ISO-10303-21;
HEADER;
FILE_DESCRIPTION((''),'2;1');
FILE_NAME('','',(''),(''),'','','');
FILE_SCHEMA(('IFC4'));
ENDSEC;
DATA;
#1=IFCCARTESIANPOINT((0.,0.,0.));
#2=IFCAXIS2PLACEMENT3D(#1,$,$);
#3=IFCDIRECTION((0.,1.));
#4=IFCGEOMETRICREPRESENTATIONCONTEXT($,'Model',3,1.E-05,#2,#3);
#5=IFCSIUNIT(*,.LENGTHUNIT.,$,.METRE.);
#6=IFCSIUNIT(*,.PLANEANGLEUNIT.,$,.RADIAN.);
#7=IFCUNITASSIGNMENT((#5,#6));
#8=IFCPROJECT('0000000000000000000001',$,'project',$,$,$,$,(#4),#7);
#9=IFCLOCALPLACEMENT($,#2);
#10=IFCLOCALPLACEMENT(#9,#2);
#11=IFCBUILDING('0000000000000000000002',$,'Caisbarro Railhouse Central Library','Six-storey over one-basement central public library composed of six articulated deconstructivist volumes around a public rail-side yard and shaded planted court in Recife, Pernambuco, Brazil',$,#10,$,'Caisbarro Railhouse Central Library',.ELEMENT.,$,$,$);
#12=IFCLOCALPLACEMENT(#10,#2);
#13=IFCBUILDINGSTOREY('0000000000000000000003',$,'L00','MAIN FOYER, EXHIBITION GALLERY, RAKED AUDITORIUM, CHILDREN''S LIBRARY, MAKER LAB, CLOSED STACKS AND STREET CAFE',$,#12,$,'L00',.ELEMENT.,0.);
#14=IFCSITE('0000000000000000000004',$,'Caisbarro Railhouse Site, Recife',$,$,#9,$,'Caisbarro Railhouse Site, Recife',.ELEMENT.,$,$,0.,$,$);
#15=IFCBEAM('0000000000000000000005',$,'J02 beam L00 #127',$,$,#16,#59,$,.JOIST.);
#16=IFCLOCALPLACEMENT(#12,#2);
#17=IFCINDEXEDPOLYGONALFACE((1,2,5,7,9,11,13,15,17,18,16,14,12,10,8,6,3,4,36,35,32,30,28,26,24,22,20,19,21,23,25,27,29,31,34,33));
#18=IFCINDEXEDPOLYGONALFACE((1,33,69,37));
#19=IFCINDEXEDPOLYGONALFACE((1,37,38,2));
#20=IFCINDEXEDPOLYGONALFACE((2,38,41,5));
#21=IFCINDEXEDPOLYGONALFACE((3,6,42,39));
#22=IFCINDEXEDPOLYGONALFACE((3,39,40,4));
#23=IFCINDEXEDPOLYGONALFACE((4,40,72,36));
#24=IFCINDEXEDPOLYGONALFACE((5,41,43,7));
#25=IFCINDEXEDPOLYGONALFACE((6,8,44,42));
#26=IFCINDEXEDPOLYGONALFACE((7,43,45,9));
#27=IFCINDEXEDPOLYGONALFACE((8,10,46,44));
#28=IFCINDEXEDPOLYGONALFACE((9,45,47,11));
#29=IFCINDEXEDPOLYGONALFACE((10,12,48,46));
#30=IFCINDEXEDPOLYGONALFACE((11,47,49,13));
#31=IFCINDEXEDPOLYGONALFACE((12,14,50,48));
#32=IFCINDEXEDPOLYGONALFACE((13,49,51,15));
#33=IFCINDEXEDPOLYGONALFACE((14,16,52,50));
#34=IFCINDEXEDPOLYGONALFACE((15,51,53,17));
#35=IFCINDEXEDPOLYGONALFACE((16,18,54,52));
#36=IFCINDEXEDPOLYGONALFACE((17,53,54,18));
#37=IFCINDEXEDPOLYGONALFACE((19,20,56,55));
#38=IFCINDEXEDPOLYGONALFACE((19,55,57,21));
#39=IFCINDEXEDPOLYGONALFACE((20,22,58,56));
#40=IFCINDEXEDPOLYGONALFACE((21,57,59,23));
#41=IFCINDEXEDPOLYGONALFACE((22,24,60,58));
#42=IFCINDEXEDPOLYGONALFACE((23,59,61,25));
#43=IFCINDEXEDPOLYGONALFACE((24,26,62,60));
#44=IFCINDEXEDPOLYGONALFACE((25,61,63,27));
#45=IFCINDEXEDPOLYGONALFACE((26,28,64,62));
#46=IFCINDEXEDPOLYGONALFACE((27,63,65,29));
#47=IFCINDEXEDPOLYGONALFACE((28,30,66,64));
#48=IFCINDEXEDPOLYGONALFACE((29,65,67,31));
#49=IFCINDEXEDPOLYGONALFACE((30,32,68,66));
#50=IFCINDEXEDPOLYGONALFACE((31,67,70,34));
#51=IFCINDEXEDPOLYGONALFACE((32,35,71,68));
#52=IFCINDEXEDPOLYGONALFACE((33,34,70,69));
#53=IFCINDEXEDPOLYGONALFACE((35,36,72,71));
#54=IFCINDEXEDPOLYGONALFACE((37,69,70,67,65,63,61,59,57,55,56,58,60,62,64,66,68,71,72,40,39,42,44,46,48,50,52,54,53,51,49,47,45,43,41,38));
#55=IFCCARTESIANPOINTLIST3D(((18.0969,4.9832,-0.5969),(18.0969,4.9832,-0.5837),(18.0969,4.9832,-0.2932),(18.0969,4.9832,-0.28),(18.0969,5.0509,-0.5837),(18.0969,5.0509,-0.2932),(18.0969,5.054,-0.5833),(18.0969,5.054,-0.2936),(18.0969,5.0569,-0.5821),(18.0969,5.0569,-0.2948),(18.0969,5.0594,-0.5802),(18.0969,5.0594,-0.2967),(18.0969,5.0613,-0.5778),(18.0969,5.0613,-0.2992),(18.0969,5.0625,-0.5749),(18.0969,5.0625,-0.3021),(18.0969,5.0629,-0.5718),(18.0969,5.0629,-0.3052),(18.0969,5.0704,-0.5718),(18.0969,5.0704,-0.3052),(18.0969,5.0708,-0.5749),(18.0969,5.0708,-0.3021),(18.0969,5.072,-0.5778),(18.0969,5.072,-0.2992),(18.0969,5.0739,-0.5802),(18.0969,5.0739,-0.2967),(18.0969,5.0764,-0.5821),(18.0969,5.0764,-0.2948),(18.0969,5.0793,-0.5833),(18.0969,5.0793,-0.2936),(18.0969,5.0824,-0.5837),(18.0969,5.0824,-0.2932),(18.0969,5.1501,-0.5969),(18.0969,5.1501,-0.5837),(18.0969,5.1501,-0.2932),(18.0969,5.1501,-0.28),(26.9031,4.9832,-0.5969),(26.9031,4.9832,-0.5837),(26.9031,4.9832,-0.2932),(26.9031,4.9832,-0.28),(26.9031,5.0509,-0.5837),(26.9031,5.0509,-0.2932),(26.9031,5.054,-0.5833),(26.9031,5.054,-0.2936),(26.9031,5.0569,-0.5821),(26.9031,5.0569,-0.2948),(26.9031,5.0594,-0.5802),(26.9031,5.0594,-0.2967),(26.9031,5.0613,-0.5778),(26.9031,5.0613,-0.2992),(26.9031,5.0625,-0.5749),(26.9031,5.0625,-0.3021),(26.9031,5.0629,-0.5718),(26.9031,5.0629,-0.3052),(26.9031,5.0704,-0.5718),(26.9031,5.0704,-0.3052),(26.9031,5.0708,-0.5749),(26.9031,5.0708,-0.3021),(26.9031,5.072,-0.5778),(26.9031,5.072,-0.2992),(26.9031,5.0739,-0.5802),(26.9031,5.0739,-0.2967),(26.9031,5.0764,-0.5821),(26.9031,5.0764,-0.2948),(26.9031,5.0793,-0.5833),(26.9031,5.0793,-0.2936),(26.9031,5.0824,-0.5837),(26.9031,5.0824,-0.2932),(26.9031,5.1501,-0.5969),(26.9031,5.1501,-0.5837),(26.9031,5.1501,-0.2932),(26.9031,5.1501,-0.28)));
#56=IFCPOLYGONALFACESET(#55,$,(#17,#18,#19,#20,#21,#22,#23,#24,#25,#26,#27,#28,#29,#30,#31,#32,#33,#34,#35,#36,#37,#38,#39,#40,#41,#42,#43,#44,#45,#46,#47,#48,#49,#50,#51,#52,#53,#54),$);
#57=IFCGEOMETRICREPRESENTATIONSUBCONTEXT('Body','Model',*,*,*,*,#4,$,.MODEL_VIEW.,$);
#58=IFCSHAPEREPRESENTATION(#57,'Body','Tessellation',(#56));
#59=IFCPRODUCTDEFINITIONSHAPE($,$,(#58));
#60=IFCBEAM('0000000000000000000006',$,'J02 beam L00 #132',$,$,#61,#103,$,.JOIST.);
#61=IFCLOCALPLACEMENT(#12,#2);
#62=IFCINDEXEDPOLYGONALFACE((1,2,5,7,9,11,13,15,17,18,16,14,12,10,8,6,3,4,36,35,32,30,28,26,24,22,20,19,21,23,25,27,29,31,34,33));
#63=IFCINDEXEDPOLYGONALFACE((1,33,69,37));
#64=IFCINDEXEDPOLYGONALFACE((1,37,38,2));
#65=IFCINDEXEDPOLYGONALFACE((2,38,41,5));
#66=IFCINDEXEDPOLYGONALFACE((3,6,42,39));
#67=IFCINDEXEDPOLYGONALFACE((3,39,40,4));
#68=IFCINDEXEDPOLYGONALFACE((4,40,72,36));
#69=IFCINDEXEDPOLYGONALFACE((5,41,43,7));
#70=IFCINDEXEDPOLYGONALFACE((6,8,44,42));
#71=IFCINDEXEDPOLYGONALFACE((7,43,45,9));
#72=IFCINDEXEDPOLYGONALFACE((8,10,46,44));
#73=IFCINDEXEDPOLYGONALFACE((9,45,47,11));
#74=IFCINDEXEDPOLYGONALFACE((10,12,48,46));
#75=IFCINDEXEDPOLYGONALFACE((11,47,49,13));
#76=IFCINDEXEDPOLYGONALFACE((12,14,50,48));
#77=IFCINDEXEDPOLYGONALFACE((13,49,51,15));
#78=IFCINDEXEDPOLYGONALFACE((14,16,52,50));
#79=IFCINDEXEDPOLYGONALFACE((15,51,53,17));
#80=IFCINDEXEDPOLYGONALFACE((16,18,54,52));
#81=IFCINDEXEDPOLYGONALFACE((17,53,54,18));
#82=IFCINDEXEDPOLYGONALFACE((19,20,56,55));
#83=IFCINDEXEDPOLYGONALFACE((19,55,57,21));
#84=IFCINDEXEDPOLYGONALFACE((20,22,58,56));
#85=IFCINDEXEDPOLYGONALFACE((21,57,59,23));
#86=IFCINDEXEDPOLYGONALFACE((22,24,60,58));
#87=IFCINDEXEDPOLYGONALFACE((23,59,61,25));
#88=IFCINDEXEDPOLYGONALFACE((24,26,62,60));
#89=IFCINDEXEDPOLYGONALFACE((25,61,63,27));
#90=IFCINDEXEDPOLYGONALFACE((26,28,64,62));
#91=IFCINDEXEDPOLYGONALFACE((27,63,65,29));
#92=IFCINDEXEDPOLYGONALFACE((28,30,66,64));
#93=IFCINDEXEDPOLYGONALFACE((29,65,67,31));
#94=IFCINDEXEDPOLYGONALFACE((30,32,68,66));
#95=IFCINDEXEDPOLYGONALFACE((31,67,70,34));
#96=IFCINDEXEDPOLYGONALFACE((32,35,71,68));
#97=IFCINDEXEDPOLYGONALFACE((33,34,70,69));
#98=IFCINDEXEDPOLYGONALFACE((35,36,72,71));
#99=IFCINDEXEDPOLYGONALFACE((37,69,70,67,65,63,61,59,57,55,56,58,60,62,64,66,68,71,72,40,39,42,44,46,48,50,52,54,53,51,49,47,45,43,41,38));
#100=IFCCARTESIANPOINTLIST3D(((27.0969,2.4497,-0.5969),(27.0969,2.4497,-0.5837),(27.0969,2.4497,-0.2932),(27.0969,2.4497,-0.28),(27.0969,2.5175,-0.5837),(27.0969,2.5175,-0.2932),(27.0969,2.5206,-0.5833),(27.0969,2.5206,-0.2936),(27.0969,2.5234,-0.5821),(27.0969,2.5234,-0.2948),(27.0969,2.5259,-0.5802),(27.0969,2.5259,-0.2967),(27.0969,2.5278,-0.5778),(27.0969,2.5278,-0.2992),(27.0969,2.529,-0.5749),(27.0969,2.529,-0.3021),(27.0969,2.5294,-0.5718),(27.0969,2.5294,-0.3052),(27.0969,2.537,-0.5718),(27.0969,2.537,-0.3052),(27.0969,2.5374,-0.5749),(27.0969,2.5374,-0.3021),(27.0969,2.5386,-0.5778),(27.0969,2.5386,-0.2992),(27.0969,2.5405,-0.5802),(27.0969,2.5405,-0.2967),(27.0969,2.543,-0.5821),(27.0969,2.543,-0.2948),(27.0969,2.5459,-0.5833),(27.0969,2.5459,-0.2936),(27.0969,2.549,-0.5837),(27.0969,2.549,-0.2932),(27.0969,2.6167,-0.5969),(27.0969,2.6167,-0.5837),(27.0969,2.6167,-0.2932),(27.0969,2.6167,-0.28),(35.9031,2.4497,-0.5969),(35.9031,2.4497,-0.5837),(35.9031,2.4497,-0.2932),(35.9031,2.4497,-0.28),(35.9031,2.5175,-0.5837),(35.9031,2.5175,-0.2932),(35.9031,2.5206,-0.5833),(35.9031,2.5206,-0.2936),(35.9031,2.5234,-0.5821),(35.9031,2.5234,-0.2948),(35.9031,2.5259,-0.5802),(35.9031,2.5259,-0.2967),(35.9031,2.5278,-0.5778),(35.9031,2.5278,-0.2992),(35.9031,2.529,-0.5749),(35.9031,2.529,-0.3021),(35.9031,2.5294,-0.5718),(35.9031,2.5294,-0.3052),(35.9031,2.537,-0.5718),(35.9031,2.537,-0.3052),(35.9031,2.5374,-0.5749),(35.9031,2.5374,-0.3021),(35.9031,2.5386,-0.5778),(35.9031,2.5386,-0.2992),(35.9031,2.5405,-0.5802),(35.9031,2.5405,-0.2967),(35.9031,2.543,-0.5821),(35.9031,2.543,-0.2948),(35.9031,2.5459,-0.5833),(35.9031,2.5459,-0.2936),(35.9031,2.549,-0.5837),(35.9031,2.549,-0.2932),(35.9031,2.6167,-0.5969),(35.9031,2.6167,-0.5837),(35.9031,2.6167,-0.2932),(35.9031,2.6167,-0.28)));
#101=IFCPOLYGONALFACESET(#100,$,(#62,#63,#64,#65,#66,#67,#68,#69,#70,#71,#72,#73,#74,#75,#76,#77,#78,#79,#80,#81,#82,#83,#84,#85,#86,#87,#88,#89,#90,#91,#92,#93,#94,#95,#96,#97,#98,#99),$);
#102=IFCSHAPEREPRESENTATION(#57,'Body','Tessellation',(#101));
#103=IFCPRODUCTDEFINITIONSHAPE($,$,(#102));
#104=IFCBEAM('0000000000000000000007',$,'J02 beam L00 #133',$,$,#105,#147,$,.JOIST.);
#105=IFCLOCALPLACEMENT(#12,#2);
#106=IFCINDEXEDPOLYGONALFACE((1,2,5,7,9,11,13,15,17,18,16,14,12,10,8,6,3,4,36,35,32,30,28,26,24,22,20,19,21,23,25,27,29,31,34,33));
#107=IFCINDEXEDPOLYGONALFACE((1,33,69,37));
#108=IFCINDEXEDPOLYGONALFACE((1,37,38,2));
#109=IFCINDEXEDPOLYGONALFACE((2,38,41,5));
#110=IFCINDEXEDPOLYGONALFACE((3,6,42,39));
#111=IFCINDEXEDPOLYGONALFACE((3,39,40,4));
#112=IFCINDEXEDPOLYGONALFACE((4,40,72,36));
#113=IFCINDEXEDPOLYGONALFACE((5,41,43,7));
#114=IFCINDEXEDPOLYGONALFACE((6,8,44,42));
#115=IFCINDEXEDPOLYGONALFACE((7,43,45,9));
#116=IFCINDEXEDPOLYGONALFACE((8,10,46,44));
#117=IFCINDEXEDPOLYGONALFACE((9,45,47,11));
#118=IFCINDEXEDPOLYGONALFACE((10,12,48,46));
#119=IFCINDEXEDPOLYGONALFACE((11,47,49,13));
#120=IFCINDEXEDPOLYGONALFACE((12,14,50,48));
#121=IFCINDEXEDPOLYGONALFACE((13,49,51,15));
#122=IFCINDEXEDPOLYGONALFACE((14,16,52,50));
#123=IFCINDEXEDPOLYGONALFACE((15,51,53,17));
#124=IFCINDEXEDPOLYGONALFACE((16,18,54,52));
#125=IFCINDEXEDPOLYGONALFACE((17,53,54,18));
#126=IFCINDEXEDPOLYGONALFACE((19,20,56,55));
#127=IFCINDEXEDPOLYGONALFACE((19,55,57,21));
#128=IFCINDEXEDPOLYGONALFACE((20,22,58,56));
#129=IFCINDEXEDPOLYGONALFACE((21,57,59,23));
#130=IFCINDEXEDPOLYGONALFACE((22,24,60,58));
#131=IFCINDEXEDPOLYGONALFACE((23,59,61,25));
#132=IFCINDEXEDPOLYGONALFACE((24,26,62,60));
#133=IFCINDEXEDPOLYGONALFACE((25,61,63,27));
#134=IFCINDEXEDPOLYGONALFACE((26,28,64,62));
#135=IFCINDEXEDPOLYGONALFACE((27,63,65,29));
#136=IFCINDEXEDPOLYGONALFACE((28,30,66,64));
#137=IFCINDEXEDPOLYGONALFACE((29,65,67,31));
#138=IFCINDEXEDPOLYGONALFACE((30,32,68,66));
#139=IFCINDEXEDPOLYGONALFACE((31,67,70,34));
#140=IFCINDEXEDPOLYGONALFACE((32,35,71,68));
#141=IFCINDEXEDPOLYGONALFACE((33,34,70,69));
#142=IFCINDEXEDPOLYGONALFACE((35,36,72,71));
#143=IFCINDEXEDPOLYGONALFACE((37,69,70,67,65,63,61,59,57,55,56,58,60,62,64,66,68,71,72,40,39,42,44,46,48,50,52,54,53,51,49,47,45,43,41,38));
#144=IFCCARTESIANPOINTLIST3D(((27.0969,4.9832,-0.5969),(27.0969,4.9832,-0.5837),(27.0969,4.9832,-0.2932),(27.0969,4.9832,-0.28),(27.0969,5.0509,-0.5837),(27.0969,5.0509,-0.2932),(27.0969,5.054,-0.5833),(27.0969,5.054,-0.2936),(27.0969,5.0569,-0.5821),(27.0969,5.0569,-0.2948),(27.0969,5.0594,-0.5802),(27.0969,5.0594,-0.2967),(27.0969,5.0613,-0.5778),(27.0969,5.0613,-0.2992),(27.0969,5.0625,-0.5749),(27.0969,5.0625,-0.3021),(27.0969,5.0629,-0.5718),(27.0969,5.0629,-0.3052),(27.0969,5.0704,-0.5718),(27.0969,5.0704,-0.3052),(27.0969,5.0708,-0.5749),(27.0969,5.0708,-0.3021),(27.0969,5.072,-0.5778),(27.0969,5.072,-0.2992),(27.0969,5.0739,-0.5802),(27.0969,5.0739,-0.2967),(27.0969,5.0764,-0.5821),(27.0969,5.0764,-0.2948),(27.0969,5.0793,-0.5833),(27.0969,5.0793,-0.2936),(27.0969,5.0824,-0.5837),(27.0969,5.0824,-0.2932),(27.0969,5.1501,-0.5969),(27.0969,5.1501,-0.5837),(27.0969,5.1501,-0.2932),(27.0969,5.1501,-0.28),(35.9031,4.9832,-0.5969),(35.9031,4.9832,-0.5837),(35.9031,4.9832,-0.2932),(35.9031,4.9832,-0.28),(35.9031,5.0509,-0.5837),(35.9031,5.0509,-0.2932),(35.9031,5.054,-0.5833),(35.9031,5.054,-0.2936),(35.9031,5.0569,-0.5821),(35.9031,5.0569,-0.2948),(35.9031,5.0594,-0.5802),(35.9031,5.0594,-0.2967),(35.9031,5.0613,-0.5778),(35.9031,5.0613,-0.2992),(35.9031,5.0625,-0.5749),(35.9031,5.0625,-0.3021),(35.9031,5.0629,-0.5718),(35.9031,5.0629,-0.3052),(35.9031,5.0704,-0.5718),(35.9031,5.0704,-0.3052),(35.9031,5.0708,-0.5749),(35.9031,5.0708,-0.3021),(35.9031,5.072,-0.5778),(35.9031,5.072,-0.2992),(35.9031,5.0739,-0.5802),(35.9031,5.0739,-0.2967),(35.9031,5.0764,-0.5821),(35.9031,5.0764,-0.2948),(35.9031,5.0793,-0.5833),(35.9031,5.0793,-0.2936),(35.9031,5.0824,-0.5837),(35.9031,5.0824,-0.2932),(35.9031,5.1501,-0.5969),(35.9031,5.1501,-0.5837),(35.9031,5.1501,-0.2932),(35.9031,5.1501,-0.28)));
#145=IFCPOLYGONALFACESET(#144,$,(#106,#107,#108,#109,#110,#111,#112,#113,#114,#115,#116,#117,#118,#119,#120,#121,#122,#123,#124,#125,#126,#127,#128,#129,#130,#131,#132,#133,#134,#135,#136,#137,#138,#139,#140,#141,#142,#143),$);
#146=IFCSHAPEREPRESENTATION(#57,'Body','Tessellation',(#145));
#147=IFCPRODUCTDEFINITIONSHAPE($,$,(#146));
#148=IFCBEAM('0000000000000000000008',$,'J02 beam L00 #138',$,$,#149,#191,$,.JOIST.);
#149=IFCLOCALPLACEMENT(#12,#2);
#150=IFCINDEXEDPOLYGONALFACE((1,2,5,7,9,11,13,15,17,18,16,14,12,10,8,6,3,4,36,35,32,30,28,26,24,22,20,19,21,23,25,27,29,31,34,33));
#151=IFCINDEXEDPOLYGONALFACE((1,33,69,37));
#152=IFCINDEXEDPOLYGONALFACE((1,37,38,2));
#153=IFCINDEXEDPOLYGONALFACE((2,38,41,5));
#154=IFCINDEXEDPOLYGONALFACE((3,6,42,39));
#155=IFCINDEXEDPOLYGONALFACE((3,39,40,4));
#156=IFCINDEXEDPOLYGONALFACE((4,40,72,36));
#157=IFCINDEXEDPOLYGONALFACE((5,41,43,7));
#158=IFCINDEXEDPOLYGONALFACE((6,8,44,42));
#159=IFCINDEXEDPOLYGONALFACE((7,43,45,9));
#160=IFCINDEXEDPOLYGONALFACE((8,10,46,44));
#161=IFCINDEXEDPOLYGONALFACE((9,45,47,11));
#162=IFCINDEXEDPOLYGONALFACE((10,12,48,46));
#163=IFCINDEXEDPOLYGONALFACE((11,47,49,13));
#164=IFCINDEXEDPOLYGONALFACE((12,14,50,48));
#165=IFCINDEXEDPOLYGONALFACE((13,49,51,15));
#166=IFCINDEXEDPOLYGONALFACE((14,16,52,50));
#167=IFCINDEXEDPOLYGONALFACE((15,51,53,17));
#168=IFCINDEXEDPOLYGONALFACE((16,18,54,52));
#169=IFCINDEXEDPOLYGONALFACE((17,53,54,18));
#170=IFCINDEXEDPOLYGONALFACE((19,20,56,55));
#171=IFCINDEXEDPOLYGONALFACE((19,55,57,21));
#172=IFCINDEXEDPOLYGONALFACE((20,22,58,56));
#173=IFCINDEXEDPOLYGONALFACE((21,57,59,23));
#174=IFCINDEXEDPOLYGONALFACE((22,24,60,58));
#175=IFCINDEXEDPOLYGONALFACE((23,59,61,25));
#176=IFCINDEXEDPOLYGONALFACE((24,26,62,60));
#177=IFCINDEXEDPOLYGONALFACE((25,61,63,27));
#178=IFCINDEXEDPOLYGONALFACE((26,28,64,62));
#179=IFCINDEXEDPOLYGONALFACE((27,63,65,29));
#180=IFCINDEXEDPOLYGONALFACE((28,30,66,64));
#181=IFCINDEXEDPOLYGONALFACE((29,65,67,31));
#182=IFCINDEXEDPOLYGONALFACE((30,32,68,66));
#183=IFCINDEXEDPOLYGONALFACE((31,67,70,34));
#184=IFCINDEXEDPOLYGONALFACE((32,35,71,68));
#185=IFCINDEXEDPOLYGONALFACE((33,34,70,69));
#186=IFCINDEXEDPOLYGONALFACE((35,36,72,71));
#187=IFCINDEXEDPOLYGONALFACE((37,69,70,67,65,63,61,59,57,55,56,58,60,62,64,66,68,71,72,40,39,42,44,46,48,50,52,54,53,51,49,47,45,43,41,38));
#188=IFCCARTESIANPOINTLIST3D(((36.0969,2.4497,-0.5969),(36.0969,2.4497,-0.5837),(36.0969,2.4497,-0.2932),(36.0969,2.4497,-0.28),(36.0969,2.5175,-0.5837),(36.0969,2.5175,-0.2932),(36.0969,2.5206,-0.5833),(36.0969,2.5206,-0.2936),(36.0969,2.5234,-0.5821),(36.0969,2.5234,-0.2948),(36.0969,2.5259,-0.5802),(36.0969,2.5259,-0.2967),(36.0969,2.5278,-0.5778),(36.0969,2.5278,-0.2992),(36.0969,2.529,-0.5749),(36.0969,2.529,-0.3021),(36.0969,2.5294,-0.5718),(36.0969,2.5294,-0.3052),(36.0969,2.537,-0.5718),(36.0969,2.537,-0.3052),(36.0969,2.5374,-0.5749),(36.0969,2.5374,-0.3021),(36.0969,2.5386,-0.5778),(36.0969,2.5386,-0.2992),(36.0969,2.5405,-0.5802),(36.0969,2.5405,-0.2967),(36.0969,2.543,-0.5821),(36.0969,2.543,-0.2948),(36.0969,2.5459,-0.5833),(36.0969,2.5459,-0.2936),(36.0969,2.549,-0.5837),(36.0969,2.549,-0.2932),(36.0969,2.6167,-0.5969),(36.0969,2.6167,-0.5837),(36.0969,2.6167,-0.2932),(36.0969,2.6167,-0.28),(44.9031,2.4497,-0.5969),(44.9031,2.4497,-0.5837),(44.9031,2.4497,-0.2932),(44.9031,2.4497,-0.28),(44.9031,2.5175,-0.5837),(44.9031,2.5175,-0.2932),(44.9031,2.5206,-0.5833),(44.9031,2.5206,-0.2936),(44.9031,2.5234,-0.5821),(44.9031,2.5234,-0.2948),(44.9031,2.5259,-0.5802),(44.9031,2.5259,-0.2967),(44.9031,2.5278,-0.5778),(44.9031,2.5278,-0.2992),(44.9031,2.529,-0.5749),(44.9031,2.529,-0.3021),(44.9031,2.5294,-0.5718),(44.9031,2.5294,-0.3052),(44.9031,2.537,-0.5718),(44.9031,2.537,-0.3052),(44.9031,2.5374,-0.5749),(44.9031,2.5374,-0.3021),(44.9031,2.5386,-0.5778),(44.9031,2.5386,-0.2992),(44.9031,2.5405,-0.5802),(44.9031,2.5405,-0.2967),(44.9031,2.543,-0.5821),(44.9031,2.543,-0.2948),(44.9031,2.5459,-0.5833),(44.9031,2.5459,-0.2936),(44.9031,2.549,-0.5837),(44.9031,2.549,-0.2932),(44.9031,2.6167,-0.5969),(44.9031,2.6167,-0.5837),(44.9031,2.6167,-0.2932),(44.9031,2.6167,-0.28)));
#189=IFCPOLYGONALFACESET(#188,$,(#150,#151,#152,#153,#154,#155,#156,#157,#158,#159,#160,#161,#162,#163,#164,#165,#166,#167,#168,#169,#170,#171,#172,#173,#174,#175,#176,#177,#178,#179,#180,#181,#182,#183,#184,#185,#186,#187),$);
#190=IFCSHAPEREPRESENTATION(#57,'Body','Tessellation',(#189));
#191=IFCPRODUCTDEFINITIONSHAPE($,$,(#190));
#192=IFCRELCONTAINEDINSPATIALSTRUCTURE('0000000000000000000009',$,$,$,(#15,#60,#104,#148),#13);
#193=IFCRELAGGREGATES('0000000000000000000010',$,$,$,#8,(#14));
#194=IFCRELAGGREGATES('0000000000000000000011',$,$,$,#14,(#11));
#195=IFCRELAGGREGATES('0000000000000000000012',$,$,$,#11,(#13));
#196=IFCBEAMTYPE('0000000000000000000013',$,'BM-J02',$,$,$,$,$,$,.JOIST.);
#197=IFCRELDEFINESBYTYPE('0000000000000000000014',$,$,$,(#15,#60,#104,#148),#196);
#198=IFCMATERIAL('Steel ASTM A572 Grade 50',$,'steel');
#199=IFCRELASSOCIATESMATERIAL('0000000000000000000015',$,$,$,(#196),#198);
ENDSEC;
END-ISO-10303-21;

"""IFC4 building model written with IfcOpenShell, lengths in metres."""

from ifc_helpers import new_model, si_unit, direction, frame, origin, origin_2d, place, context, subcontext, project, spatial, i_section, extrude, material, material_profile, profile_set, type_object, element, save


model = new_model("IFC4")

# Units and contexts
model_context = context("Model", 3, precision=1e-05, world=origin(), true_north=direction((0.0, 1.0)))
body_context = subcontext(model_context, "Body", "Model", "MODEL_VIEW")
ifc_project = project(units=[si_unit("LENGTHUNIT", "METRE"), si_unit("PLANEANGLEUNIT", "RADIAN")], contexts=[model_context])

# Site, building, storey
site_placement = place(None, origin())
site = spatial("IfcSite", under=ifc_project, at=site_placement, Name="Caisbarro Railhouse Site, Recife", LongName="Caisbarro Railhouse Site, Recife", CompositionType="ELEMENT", RefElevation=0.0)
building_placement = place(site_placement, origin())
building = spatial("IfcBuilding", under=site, at=building_placement, Name="Caisbarro Railhouse Central Library", Description="Six-storey over one-basement central public library composed of six articulated deconstructivist volumes around a public rail-side yard and shaded planted court in Recife, Pernambuco, Brazil", LongName="Caisbarro Railhouse Central Library", CompositionType="ELEMENT")
storey_placement = place(building_placement, origin())
storey = spatial("IfcBuildingStorey", under=building, at=storey_placement, Name="L00", Description="MAIN FOYER, EXHIBITION GALLERY, RAKED AUDITORIUM, CHILDREN'S LIBRARY, MAKER LAB, CLOSED STACKS AND STREET CAFE", LongName="L00", CompositionType="ELEMENT", Elevation=0.0)

# Shared definitions
ifc_material_1 = material(Name="Steel ASTM A572 Grade 50", Category="steel")

# Beams
ifc_material_profile_1 = material_profile(ifc_material_1, i_section(OverallWidth=0.167, OverallDepth=0.3169, WebThickness=0.0076, FlangeThickness=0.0132, FilletRadius=0.012, at=origin_2d()), Name="W310X52.0")
ifc_profile_set_1 = profile_set([ifc_material_profile_1], Name="Steel ASTM A572 Grade 50")
beam_type_1 = type_object("IfcBeamType", Name="BM-J02", PredefinedType="JOIST", material=ifc_profile_set_1)
for number, where, z_axis, x_axis, name in (
    (1, (18.0969, 5.0667, -0.4385), (1.0, 0.0, 0.0), (0.0, 1.0, 0.0), "J02 beam L00 #127"),
    (2, (27.0969, 2.5332, -0.4385), (1.0, 0.0, 0.0), (0.0, 1.0, 0.0), "J02 beam L00 #132"),
    (3, (27.0969, 5.0667, -0.4385), (1.0, 0.0, 0.0), (0.0, 1.0, 0.0), "J02 beam L00 #133"),
    (4, (36.0969, 2.5332, -0.4385), (1.0, 0.0, 0.0), (0.0, 1.0, 0.0), "J02 beam L00 #138"),
):
    element("IfcBeam", number, at=place(storey_placement, frame(where, z_axis=z_axis, x_axis=x_axis)), inside=storey, type_object=beam_type_1, Name=name, PredefinedType="JOIST", context=body_context, shape_type="SweptSolid", body=[
        extrude(i_section(OverallWidth=0.167, OverallDepth=0.3169, WebThickness=0.0076, FlangeThickness=0.0132, FilletRadius=0.012, at=origin_2d()), origin(), (0.0, 0.0, 1.0), 8.8062),
    ])

save(model, "model.ifc")
